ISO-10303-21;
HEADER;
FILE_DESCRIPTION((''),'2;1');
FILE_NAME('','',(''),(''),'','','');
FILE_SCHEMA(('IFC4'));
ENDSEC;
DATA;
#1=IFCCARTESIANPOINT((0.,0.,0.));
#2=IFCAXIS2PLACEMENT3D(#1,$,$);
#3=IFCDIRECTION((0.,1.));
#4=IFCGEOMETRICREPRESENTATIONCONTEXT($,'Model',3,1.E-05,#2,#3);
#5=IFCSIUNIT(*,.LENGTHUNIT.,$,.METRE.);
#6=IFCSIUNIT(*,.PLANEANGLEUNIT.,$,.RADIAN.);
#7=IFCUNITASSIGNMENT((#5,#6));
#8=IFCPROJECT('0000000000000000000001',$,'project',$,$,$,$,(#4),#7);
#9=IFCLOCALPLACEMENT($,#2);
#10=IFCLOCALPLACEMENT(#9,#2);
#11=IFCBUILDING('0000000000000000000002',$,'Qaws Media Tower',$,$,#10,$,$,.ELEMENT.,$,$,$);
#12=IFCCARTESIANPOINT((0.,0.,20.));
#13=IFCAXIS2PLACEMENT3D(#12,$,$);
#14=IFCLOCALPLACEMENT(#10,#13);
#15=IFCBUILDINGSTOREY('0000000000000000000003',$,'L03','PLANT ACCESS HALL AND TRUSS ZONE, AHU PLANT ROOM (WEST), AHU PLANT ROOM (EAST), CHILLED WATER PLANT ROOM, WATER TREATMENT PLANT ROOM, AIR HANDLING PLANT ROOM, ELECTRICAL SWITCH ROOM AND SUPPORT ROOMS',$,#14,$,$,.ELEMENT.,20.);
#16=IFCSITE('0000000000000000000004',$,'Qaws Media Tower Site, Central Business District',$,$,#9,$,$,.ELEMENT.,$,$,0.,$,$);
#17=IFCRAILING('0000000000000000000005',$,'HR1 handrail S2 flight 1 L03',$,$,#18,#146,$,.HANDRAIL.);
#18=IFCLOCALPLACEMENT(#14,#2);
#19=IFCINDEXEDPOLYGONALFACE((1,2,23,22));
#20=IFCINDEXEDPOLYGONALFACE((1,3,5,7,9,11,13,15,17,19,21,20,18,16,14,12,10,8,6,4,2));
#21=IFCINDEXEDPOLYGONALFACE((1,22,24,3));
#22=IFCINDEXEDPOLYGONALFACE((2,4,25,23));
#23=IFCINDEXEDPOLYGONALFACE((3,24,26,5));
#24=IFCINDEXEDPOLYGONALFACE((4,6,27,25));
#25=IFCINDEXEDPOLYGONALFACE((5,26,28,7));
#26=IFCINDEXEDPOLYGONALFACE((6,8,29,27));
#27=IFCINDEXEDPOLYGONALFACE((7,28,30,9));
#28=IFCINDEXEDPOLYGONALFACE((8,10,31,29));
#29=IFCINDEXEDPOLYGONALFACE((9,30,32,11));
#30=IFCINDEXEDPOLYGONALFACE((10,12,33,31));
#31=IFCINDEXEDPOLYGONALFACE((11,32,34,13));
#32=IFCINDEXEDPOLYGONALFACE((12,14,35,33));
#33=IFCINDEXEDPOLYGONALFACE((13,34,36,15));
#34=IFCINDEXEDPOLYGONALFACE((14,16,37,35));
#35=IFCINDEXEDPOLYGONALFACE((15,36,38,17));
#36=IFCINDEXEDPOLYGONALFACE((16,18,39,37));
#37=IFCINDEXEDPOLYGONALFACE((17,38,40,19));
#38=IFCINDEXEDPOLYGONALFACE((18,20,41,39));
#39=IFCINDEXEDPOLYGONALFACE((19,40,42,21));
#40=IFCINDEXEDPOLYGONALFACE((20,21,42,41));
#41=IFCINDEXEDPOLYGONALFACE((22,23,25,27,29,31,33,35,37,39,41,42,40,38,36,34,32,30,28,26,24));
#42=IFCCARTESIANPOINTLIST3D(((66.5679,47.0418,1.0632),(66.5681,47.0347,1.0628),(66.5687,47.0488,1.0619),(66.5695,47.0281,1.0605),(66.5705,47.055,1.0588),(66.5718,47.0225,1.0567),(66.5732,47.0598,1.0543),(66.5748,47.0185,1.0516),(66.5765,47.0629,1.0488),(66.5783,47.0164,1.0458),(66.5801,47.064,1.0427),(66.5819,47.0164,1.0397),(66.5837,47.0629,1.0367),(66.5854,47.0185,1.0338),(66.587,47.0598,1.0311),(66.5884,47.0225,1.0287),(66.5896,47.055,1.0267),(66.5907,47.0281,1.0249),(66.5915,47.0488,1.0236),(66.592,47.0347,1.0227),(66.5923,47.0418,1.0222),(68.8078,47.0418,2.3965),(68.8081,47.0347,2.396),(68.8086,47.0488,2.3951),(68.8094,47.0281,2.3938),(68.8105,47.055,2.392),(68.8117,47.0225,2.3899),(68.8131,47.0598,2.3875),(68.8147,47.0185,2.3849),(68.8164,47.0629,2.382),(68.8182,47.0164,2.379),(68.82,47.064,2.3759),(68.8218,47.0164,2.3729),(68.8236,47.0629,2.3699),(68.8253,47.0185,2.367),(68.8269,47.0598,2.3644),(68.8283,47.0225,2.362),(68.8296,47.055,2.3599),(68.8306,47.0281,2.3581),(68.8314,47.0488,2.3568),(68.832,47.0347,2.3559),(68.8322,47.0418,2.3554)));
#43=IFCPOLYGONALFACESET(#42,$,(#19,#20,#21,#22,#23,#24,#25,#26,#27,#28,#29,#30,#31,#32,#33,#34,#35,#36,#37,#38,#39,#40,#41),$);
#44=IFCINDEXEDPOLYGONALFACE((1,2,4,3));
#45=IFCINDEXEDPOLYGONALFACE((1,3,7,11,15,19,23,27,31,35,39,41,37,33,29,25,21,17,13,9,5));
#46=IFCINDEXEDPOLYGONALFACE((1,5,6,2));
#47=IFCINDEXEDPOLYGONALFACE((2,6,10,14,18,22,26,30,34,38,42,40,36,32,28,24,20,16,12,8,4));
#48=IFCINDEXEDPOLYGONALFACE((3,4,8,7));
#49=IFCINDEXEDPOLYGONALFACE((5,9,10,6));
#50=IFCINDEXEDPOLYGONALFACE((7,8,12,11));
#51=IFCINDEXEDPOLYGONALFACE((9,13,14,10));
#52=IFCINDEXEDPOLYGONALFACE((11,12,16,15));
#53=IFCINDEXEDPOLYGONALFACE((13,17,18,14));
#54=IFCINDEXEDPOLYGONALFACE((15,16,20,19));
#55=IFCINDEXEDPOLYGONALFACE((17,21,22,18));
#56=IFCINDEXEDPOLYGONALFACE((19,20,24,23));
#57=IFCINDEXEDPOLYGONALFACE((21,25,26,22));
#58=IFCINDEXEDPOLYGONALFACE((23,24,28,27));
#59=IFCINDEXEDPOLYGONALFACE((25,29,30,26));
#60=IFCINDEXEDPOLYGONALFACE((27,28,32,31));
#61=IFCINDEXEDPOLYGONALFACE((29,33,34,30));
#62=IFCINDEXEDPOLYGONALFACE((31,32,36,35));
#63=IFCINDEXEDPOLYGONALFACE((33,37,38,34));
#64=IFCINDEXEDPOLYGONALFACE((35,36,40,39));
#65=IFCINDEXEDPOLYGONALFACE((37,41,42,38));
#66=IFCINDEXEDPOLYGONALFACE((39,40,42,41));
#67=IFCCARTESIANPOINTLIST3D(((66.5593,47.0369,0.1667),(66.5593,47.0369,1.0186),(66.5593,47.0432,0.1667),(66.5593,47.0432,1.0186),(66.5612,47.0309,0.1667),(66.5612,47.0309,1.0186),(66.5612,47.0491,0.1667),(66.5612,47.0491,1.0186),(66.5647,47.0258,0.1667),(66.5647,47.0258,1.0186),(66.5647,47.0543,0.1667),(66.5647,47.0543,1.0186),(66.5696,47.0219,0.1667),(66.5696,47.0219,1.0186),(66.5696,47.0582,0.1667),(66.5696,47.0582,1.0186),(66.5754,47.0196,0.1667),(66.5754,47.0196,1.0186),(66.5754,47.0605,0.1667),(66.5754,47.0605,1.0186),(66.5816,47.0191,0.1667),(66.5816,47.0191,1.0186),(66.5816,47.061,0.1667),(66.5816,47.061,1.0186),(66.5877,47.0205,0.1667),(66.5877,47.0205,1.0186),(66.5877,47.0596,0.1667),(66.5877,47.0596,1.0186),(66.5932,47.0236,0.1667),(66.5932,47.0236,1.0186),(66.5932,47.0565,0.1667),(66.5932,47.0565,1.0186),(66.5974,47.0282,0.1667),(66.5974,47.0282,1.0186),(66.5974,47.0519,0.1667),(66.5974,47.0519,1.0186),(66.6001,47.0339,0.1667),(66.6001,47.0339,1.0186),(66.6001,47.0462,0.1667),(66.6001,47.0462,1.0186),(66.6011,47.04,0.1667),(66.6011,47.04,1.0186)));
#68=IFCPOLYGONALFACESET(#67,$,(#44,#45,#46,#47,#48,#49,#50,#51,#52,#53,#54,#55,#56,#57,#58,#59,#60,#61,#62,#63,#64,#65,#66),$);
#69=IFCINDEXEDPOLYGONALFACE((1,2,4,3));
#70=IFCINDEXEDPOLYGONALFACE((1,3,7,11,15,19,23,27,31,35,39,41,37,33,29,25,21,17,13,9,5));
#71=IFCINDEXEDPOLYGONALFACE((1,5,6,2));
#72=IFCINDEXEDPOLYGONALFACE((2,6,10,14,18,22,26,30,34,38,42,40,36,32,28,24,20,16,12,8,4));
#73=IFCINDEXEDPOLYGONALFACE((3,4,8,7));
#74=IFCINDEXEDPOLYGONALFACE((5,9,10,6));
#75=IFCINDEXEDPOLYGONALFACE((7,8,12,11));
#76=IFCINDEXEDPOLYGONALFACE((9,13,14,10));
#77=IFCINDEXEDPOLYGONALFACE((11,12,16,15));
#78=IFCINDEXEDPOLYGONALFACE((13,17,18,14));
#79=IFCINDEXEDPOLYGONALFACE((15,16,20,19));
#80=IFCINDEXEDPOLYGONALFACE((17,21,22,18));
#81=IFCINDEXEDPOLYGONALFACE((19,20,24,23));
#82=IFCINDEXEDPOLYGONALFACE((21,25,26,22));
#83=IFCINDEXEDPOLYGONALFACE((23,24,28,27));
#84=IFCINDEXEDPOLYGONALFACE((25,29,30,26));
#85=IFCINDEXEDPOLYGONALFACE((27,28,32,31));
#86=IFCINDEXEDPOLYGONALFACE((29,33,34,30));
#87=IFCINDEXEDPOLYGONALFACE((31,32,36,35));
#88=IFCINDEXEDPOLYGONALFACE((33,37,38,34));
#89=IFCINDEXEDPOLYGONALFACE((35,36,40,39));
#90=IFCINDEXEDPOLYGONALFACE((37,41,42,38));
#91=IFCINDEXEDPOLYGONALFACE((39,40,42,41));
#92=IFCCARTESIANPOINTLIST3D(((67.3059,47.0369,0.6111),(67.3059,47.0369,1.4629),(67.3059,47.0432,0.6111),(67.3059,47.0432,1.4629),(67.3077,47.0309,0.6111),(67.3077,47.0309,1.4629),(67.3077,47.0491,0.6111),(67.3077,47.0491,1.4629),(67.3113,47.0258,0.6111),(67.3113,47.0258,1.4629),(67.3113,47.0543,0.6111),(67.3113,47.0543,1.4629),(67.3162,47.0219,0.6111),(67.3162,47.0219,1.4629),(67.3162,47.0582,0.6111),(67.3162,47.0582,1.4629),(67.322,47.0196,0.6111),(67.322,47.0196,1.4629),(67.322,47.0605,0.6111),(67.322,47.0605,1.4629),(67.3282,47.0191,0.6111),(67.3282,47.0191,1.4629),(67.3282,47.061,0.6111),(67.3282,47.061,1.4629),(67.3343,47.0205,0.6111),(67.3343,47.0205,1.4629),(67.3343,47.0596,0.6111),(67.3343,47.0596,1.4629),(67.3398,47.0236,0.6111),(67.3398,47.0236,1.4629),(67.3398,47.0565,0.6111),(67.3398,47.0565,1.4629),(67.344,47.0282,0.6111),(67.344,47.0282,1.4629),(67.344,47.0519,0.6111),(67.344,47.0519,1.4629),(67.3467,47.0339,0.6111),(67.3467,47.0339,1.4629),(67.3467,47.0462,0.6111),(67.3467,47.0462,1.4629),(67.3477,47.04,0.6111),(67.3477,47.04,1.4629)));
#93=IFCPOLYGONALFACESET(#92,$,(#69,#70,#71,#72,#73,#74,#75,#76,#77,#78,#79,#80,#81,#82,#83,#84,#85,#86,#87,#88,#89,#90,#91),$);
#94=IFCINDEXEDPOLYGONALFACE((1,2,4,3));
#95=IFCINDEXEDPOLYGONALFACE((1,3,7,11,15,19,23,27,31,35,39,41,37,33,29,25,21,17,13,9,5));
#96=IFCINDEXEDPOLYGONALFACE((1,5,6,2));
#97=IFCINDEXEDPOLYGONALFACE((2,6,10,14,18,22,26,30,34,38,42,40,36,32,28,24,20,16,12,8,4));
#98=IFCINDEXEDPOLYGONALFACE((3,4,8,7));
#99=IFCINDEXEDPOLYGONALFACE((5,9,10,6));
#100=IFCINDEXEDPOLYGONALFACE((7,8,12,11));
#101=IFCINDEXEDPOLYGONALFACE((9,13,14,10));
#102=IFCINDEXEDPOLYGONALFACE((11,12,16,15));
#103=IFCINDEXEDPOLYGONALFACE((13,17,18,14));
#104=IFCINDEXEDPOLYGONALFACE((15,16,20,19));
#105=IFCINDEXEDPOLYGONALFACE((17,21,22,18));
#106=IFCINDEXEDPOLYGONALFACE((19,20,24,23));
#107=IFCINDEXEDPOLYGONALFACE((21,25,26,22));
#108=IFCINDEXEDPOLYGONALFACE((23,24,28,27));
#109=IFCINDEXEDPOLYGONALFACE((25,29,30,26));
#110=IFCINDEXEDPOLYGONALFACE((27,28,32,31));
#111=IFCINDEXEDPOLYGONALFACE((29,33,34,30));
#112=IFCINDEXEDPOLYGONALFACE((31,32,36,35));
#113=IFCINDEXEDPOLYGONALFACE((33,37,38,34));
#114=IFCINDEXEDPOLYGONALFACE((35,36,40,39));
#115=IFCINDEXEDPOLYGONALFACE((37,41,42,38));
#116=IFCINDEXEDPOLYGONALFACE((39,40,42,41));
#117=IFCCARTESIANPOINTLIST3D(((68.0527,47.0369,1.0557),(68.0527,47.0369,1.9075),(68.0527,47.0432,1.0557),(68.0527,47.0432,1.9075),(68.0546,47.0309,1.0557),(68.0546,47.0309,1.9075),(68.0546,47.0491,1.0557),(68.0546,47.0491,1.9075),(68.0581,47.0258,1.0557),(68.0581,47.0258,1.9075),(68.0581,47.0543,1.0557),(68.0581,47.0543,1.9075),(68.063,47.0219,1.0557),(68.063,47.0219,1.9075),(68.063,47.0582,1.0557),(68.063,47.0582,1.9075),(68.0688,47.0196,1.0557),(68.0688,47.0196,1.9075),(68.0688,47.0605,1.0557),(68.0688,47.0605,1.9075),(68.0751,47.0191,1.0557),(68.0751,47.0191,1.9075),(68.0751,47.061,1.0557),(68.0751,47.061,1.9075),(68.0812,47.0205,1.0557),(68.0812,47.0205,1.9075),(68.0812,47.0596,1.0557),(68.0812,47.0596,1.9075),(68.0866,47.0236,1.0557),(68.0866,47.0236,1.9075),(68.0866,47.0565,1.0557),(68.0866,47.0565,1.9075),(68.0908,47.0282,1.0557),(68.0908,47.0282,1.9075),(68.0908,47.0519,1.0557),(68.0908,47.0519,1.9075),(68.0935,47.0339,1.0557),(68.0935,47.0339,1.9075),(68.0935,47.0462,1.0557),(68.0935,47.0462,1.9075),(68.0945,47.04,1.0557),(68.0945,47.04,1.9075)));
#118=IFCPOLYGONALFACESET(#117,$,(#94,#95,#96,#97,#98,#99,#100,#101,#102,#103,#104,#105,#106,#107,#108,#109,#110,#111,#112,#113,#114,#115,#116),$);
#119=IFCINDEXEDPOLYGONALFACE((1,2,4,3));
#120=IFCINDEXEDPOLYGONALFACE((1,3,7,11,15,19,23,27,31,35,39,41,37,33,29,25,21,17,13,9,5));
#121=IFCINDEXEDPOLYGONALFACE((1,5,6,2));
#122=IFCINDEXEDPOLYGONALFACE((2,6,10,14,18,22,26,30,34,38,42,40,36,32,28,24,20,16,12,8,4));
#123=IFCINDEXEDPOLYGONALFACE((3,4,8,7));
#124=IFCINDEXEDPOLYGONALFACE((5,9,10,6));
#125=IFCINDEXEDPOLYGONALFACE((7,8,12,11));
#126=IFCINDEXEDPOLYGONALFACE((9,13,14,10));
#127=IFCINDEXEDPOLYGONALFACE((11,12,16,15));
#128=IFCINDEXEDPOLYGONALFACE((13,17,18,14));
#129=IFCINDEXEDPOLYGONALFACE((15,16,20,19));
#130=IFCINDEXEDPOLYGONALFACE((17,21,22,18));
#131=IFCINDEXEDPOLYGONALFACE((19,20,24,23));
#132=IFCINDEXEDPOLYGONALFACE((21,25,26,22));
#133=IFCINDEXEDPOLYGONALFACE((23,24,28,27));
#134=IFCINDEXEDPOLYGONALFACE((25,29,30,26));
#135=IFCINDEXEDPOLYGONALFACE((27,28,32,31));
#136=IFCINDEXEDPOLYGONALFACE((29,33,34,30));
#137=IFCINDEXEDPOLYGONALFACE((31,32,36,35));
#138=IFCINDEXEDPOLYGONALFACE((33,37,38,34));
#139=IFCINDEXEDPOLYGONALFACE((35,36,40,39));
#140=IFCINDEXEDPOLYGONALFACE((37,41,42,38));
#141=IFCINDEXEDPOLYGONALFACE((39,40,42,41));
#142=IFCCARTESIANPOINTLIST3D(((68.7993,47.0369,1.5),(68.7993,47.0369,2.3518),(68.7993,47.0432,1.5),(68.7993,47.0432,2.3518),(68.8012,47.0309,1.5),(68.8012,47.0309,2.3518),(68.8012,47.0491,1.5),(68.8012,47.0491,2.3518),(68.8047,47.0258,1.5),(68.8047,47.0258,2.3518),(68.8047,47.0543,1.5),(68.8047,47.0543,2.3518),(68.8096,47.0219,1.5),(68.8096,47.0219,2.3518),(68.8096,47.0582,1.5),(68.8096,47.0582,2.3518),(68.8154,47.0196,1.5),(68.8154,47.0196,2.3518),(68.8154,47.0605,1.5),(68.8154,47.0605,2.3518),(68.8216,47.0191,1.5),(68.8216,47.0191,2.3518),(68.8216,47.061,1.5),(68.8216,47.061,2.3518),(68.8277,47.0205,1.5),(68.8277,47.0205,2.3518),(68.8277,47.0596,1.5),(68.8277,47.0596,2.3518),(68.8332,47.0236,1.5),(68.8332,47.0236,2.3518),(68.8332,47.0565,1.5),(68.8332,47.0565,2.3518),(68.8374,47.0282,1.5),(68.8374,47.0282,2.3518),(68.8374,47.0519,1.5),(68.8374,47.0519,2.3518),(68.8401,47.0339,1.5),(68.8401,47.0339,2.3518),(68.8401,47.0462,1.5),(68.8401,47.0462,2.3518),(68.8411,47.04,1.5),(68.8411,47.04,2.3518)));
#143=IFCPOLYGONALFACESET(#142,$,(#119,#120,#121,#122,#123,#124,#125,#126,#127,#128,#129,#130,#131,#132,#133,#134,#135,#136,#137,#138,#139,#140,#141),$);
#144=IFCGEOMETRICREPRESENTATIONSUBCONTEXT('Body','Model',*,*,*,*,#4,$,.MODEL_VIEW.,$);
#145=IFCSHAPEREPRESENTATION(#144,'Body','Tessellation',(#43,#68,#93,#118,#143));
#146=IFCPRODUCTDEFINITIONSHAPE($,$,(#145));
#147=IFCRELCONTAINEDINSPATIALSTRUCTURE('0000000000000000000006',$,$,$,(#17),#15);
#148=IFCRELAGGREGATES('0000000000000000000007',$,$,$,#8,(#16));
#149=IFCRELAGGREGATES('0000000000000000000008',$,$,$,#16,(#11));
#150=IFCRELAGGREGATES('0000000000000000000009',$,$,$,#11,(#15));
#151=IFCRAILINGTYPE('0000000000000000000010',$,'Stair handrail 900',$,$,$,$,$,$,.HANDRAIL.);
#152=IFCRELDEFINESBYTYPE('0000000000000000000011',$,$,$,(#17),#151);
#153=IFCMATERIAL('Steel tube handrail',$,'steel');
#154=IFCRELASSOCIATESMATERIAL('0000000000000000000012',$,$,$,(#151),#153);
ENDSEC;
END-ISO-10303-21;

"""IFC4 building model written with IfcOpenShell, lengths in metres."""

from ifc_helpers import new_model, si_unit, direction, frame, origin, origin_2d, place, context, subcontext, project, spatial, circle, extrude, material, type_object, element, save


model = new_model("IFC4")

# Units and contexts
model_context = context("Model", 3, precision=1e-05, world=origin(), true_north=direction((0.0, 1.0)))
body_context = subcontext(model_context, "Body", "Model", "MODEL_VIEW")
ifc_project = project(units=[si_unit("LENGTHUNIT", "METRE"), si_unit("PLANEANGLEUNIT", "RADIAN")], contexts=[model_context])

# Site, building, storey
site_placement = place(None, origin())
site = spatial("IfcSite", under=ifc_project, at=site_placement, Name="Qaws Media Tower Site, Central Business District", CompositionType="ELEMENT", RefElevation=0.0)
building_placement = place(site_placement, origin())
building = spatial("IfcBuilding", under=site, at=building_placement, Name="Qaws Media Tower", CompositionType="ELEMENT")
storey_placement = place(building_placement, frame((0.0, 0.0, 20.0)))
storey = spatial("IfcBuildingStorey", under=building, at=storey_placement, Name="L03", Description="PLANT ACCESS HALL AND TRUSS ZONE, AHU PLANT ROOM (WEST), AHU PLANT ROOM (EAST), CHILLED WATER PLANT ROOM, WATER TREATMENT PLANT ROOM, AIR HANDLING PLANT ROOM, ELECTRICAL SWITCH ROOM AND SUPPORT ROOMS", CompositionType="ELEMENT", Elevation=20.0)

# Railing
ifc_material_1 = material(Name="Steel tube handrail", Category="steel")
railing_type = type_object("IfcRailingType", Name="Stair handrail 900", PredefinedType="HANDRAIL", material=ifc_material_1)
for number, where, name in (
    (1, (66.5801, 47.04, 0.1667), "HR1 handrail S2 flight 1 L03"),
):
    element("IfcRailing", number, at=place(storey_placement, frame(where)), inside=storey, type_object=railing_type, Name=name, PredefinedType="HANDRAIL", context=body_context, shape_type="SweptSolid", body=[
        extrude(circle(Radius=0.0239, at=origin_2d()), frame((0.0, 0.0, 0.876), z_axis=(0.859306, 0.0, 0.511462), x_axis=(0.0, 1.0, 0.0)), (0.0, 0.0, 1.0), 2.6067),
        extrude(circle(Radius=0.021, at=origin_2d()), origin(), (0.0, 0.0, 1.0), 0.8518),
        extrude(circle(Radius=0.021, at=origin_2d()), frame((0.7466, 0.0, 0.4443)), (0.0, 0.0, 1.0), 0.8518),
        extrude(circle(Radius=0.021, at=origin_2d()), frame((1.4934, 0.0, 0.8889)), (0.0, 0.0, 1.0), 0.8518),
        extrude(circle(Radius=0.021, at=origin_2d()), frame((2.24, 0.0, 1.3333)), (0.0, 0.0, 1.0), 0.8518),
    ])

save(model, "model.ifc")
